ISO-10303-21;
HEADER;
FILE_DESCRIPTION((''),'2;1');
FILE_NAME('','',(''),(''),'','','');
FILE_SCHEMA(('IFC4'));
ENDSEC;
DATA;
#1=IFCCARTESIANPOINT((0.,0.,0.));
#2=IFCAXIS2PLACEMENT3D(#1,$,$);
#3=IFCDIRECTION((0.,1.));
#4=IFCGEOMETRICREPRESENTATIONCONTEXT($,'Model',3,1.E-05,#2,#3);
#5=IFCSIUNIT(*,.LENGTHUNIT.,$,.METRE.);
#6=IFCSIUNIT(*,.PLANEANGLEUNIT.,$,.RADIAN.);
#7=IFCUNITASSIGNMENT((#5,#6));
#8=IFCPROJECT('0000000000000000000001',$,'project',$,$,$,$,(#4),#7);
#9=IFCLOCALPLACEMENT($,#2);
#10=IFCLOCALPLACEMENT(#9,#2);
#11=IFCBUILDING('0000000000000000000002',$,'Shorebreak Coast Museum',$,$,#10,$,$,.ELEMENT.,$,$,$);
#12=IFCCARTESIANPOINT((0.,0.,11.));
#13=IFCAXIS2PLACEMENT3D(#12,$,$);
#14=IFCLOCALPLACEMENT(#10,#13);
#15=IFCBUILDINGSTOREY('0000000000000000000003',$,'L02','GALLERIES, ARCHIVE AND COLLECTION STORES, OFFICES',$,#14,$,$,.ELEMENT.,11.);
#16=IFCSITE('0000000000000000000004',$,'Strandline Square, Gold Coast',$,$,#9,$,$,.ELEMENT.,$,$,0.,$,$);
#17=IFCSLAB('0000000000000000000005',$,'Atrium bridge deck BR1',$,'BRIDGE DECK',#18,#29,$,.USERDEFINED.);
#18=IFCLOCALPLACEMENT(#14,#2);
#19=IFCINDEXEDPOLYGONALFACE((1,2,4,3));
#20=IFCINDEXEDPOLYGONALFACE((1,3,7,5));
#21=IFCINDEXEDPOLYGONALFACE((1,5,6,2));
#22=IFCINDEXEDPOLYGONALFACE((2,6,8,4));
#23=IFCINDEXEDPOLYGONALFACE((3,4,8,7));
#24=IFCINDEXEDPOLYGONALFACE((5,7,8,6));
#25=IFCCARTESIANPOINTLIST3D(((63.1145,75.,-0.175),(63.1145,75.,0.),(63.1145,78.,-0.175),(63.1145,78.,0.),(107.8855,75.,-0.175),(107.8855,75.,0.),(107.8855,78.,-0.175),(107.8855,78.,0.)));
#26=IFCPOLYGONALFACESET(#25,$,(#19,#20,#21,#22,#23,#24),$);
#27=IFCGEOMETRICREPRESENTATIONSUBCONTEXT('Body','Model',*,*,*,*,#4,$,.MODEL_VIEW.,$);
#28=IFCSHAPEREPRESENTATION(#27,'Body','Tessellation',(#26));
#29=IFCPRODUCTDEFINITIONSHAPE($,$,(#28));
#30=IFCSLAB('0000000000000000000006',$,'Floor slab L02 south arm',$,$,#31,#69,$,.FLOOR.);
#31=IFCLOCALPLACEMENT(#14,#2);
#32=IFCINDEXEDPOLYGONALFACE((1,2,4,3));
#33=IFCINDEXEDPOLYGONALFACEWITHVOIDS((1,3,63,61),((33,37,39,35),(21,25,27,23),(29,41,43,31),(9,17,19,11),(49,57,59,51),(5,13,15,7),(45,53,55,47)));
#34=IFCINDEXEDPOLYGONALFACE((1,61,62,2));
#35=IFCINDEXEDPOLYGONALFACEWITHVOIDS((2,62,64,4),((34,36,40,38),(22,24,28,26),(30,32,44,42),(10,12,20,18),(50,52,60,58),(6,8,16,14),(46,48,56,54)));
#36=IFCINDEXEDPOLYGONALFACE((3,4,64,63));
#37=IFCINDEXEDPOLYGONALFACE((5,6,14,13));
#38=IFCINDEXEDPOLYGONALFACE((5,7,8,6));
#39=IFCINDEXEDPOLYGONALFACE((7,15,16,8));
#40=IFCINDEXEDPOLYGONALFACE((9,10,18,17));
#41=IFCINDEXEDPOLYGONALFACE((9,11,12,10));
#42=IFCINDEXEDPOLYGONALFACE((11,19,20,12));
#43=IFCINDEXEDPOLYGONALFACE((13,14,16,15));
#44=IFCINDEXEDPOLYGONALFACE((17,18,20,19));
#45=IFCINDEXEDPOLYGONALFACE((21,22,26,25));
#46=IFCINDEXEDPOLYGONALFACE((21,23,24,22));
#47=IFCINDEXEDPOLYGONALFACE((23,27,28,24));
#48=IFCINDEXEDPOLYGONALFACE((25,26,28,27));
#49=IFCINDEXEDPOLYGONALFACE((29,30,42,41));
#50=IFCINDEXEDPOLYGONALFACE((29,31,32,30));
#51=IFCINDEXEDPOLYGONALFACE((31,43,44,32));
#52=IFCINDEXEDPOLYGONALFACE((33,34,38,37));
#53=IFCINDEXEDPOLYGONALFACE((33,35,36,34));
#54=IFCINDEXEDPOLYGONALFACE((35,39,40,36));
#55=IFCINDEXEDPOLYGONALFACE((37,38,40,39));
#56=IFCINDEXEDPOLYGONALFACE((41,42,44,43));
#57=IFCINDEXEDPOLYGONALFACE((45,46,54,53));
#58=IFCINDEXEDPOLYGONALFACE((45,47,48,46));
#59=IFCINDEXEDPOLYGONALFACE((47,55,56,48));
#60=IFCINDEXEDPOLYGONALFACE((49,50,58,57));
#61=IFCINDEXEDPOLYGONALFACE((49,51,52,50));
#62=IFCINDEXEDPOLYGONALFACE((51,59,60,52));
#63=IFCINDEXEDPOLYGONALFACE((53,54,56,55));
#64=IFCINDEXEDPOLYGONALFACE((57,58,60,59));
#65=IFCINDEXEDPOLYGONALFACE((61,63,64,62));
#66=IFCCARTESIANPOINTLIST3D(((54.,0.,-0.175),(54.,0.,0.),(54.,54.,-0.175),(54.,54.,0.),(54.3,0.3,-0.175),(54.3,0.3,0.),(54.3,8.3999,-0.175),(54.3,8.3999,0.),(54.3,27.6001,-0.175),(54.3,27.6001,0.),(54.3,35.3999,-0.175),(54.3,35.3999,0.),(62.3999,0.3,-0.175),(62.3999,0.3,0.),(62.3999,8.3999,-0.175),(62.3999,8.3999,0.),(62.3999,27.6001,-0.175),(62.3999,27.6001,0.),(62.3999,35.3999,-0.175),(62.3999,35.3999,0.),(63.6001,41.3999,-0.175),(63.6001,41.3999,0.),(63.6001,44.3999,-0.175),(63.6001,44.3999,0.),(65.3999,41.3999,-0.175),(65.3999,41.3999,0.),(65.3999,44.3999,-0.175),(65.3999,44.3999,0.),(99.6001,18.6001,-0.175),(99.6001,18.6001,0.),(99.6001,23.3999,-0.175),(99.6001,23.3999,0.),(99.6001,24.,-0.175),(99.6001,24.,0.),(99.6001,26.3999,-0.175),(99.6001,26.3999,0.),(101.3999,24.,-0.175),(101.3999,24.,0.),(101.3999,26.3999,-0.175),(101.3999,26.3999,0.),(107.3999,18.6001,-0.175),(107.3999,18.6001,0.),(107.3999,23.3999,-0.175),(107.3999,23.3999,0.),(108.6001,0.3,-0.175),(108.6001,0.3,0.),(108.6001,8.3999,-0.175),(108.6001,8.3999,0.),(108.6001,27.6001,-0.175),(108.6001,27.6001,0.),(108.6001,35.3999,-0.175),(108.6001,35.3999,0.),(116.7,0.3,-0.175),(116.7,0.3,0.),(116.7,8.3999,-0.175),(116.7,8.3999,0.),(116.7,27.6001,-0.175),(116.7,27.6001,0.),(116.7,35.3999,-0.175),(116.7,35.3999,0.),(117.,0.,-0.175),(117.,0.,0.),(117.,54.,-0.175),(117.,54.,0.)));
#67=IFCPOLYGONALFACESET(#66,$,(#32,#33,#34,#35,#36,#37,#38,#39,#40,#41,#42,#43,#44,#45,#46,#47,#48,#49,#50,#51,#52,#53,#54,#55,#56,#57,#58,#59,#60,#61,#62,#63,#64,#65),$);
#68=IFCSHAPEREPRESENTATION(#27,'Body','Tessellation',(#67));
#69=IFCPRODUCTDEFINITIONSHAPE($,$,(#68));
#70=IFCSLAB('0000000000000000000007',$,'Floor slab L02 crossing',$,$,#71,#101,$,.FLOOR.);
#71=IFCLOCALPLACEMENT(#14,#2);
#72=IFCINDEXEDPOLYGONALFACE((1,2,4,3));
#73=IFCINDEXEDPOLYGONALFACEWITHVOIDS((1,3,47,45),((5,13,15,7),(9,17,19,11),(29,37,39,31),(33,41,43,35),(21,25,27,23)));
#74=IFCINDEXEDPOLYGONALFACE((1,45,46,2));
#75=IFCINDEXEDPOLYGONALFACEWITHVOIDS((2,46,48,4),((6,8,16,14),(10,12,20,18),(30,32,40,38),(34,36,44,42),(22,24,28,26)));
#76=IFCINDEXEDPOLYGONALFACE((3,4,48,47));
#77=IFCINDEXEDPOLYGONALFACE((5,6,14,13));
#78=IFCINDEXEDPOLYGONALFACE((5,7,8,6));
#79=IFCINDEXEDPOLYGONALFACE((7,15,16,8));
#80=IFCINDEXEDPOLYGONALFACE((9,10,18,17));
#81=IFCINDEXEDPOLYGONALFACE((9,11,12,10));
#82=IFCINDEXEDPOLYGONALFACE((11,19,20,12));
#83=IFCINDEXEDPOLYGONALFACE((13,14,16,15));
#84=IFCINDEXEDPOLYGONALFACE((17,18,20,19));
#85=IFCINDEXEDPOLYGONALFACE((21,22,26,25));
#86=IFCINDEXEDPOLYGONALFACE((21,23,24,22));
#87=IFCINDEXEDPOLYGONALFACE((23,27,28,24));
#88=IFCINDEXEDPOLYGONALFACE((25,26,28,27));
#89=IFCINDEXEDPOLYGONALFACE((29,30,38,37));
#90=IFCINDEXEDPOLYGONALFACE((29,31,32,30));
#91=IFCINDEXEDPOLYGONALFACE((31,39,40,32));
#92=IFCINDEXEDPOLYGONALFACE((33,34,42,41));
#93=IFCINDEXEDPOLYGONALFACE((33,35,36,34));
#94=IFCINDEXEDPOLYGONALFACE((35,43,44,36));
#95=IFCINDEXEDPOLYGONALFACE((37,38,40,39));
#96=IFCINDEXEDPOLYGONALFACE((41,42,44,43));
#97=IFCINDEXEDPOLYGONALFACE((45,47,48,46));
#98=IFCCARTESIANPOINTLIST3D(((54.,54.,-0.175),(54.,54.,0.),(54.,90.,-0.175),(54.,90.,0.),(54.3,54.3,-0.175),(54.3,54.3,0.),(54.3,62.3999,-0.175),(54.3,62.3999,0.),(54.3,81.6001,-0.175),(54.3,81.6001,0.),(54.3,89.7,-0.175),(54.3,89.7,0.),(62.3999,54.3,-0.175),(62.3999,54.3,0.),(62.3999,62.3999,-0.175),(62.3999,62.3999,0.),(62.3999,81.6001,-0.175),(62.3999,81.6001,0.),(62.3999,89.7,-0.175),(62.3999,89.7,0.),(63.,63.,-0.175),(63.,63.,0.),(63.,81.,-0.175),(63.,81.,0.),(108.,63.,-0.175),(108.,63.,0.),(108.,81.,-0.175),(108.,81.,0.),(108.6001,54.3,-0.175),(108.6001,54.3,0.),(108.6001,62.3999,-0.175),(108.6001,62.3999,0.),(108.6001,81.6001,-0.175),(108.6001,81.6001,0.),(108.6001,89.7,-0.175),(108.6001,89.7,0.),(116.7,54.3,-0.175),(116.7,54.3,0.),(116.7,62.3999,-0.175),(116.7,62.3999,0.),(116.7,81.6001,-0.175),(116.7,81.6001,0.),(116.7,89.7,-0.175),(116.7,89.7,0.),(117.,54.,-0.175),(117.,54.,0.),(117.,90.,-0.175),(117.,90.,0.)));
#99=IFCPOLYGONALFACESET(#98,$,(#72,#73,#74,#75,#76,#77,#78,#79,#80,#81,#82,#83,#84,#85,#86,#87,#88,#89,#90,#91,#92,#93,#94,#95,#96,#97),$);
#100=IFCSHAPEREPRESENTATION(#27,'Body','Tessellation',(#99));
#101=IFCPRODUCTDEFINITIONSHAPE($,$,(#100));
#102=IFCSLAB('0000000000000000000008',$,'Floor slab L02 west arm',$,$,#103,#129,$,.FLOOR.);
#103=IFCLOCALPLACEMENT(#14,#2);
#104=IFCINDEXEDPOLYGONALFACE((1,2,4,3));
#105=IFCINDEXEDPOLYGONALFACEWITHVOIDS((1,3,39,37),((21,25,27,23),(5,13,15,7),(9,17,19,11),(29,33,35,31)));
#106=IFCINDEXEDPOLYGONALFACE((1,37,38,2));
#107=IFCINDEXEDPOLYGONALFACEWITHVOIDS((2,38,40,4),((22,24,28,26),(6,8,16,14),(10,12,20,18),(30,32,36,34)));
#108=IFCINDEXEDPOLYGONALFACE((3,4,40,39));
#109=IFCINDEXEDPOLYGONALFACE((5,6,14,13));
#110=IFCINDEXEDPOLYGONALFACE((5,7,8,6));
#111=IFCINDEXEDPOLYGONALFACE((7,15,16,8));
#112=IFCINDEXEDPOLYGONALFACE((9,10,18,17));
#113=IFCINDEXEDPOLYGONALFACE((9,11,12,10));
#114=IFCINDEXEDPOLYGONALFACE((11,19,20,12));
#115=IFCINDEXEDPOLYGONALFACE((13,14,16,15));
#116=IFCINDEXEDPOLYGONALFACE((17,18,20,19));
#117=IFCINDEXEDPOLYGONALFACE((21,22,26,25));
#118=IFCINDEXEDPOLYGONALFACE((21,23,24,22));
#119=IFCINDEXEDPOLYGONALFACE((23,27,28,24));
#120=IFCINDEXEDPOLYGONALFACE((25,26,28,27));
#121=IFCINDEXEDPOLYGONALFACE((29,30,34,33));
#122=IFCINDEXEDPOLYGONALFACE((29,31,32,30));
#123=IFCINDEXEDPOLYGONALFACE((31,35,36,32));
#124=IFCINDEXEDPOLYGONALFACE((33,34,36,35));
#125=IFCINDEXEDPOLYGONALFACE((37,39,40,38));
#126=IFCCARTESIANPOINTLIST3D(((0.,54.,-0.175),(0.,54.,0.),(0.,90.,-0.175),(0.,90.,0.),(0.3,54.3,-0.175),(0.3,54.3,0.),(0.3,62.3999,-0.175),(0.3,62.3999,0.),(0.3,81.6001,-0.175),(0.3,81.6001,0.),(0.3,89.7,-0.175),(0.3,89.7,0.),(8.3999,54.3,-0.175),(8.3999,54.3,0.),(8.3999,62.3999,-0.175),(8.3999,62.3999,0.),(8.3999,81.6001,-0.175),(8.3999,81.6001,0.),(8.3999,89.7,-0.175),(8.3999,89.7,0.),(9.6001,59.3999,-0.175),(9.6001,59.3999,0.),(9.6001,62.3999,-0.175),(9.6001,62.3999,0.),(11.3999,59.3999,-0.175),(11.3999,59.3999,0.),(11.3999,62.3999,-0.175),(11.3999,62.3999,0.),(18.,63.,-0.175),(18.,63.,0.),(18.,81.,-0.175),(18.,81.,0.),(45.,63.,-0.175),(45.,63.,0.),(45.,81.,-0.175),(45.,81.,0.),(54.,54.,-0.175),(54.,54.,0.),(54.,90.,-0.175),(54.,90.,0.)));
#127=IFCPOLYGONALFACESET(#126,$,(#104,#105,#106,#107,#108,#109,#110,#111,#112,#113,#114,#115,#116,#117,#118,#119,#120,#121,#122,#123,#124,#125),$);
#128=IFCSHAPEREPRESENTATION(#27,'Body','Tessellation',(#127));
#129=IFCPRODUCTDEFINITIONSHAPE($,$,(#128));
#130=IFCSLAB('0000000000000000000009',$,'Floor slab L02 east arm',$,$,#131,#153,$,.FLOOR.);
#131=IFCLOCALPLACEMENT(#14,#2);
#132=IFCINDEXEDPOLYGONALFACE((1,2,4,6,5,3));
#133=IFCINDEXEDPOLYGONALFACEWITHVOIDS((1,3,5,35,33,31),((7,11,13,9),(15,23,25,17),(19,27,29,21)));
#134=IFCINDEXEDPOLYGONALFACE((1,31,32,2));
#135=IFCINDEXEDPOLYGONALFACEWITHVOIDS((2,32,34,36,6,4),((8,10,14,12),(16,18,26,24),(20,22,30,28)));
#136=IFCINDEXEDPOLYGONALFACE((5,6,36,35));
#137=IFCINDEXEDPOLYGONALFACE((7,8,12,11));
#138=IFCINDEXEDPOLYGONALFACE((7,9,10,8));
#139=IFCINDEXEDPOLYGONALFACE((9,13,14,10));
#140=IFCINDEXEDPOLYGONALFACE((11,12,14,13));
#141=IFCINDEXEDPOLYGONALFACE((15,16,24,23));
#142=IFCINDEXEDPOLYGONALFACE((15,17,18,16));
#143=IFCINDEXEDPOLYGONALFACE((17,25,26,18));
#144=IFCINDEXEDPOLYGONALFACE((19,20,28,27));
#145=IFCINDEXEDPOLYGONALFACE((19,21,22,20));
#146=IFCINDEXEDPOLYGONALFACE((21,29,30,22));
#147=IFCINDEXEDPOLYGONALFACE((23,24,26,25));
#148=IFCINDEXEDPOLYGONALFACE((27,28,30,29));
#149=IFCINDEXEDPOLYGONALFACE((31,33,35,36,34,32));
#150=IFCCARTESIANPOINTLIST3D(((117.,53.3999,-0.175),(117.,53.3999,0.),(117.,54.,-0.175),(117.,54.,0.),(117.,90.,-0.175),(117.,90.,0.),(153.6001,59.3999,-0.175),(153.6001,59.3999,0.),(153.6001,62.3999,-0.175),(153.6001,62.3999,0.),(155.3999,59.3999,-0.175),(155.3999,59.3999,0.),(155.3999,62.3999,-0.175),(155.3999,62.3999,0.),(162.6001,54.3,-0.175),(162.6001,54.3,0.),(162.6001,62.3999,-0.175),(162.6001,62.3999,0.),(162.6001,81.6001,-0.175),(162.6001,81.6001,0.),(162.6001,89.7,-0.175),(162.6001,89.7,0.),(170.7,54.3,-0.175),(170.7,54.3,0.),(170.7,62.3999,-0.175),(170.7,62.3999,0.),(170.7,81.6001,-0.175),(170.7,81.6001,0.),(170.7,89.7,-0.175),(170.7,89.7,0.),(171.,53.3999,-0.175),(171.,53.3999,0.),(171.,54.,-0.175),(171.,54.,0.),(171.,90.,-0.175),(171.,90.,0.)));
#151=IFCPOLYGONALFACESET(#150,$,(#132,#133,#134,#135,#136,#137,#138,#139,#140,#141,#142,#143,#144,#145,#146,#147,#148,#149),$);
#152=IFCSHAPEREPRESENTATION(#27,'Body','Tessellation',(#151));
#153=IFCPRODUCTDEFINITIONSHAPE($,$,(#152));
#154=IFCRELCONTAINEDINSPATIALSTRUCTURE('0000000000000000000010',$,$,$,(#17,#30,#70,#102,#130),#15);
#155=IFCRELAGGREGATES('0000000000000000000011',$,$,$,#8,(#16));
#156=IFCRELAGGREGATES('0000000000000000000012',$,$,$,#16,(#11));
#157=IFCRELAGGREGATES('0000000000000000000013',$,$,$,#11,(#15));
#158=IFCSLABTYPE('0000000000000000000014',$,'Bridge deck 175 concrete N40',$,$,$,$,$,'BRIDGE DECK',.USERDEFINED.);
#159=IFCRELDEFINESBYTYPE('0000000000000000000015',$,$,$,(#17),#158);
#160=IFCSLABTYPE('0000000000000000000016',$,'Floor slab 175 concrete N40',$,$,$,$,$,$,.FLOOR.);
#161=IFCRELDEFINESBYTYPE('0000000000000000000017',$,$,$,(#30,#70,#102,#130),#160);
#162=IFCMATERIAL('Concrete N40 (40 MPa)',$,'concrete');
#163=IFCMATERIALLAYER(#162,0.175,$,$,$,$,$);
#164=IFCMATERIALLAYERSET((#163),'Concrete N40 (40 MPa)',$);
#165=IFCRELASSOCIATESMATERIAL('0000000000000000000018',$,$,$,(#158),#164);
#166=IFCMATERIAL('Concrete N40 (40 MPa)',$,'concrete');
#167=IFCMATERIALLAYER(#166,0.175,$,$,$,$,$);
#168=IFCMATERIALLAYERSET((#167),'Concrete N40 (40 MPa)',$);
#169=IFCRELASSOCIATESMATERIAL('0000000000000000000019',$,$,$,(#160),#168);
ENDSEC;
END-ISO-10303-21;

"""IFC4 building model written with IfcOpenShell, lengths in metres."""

from ifc_helpers import new_model, si_unit, direction, frame, origin, place, context, subcontext, project, spatial, polyline, outline, extrude, material, layer, layer_set, type_object, element, save


model = new_model("IFC4")

# Units and contexts
model_context = context("Model", 3, precision=1e-05, world=origin(), true_north=direction((0.0, 1.0)))
body_context = subcontext(model_context, "Body", "Model", "MODEL_VIEW")
ifc_project = project(units=[si_unit("LENGTHUNIT", "METRE"), si_unit("PLANEANGLEUNIT", "RADIAN")], contexts=[model_context])

# Site, building, storey
site_placement = place(None, origin())
site = spatial("IfcSite", under=ifc_project, at=site_placement, Name="Strandline Square, Gold Coast", CompositionType="ELEMENT", RefElevation=0.0)
building_placement = place(site_placement, origin())
building = spatial("IfcBuilding", under=site, at=building_placement, Name="Shorebreak Coast Museum", CompositionType="ELEMENT")
storey_placement = place(building_placement, frame((0.0, 0.0, 11.0)))
storey = spatial("IfcBuildingStorey", under=building, at=storey_placement, Name="L02", Description="GALLERIES, ARCHIVE AND COLLECTION STORES, OFFICES", CompositionType="ELEMENT", Elevation=11.0)

# Slabs
ifc_material_1 = material(Name="Concrete N40 (40 MPa)", Category="concrete")
ifc_layer_1 = layer(ifc_material_1, 0.175)
ifc_layer_set_1 = layer_set([ifc_layer_1], Name="Concrete N40 (40 MPa)")
slab_type_1 = type_object("IfcSlabType", Name="Bridge deck 175 concrete N40", ElementType="BRIDGE DECK", PredefinedType="USERDEFINED", material=ifc_layer_set_1)
slab_1_placement = place(storey_placement, frame((0.0, 0.0, -0.175)))
element("IfcSlab", 1, at=slab_1_placement, inside=storey, type_object=slab_type_1, Name="Atrium bridge deck BR1", ObjectType="BRIDGE DECK", PredefinedType="USERDEFINED", context=body_context, shape_type="SweptSolid", body=[
    extrude(outline(polyline([(63.1145, 75.0), (107.8855, 75.0), (107.8855, 78.0), (63.1145, 78.0), (63.1145, 75.0)])), origin(), (0.0, 0.0, 1.0), 0.175),
])
ifc_material_2 = material(Name="Concrete N40 (40 MPa)", Category="concrete")
ifc_layer_2 = layer(ifc_material_2, 0.175)
ifc_layer_set_2 = layer_set([ifc_layer_2], Name="Concrete N40 (40 MPa)")
slab_type_2 = type_object("IfcSlabType", Name="Floor slab 175 concrete N40", PredefinedType="FLOOR", material=ifc_layer_set_2)
slab_2_placement = place(storey_placement, frame((0.0, 0.0, -0.175)))
element("IfcSlab", 2, at=slab_2_placement, inside=storey, type_object=slab_type_2, Name="Floor slab L02 south arm", PredefinedType="FLOOR", context=body_context, shape_type="SweptSolid", body=[
    extrude(outline(polyline([(117.0, 54.0), (54.0, 54.0), (54.0, 0.0), (117.0, 0.0), (117.0, 54.0)]), holes=[polyline([(99.6001, 18.6001), (99.6001, 23.3999), (107.3999, 23.3999), (107.3999, 18.6001), (99.6001, 18.6001)]), polyline([(99.6001, 26.3999), (101.3999, 26.3999), (101.3999, 24.0), (99.6001, 24.0), (99.6001, 26.3999)]), polyline([(65.3999, 44.3999), (65.3999, 41.3999), (63.6001, 41.3999), (63.6001, 44.3999), (65.3999, 44.3999)]), polyline([(62.3999, 0.3), (54.3, 0.3), (54.3, 8.3999), (62.3999, 8.3999), (62.3999, 0.3)]), polyline([(108.6001, 0.3), (108.6001, 8.3999), (116.7, 8.3999), (116.7, 0.3), (108.6001, 0.3)]), polyline([(54.3, 35.3999), (62.3999, 35.3999), (62.3999, 27.6001), (54.3, 27.6001), (54.3, 35.3999)]), polyline([(116.7, 35.3999), (116.7, 27.6001), (108.6001, 27.6001), (108.6001, 35.3999), (116.7, 35.3999)])]), origin(), (0.0, 0.0, 1.0), 0.175),
])
slab_3_placement = place(storey_placement, frame((0.0, 0.0, -0.175)))
element("IfcSlab", 3, at=slab_3_placement, inside=storey, type_object=slab_type_2, Name="Floor slab L02 crossing", PredefinedType="FLOOR", context=body_context, shape_type="SweptSolid", body=[
    extrude(outline(polyline([(54.0, 54.0), (117.0, 54.0), (117.0, 90.0), (54.0, 90.0), (54.0, 54.0)]), holes=[polyline([(108.0, 81.0), (108.0, 63.0), (63.0, 63.0), (63.0, 81.0), (108.0, 81.0)]), polyline([(62.3999, 54.3), (54.3, 54.3), (54.3, 62.3999), (62.3999, 62.3999), (62.3999, 54.3)]), polyline([(108.6001, 54.3), (108.6001, 62.3999), (116.7, 62.3999), (116.7, 54.3), (108.6001, 54.3)]), polyline([(54.3, 89.7), (62.3999, 89.7), (62.3999, 81.6001), (54.3, 81.6001), (54.3, 89.7)]), polyline([(116.7, 89.7), (116.7, 81.6001), (108.6001, 81.6001), (108.6001, 89.7), (116.7, 89.7)])]), origin(), (0.0, 0.0, 1.0), 0.175),
])
slab_4_placement = place(storey_placement, frame((0.0, 0.0, -0.175)))
element("IfcSlab", 4, at=slab_4_placement, inside=storey, type_object=slab_type_2, Name="Floor slab L02 west arm", PredefinedType="FLOOR", context=body_context, shape_type="SweptSolid", body=[
    extrude(outline(polyline([(54.0, 54.0), (54.0, 90.0), (0.0, 90.0), (0.0, 54.0), (54.0, 54.0)]), holes=[polyline([(45.0, 63.0), (18.0, 63.0), (18.0, 81.0), (45.0, 81.0), (45.0, 63.0)]), polyline([(9.6001, 59.3999), (9.6001, 62.3999), (11.3999, 62.3999), (11.3999, 59.3999), (9.6001, 59.3999)]), polyline([(0.3, 62.3999), (8.3999, 62.3999), (8.3999, 54.3), (0.3, 54.3), (0.3, 62.3999)]), polyline([(8.3999, 89.7), (8.3999, 81.6001), (0.3, 81.6001), (0.3, 89.7), (8.3999, 89.7)])]), origin(), (0.0, 0.0, 1.0), 0.175),
])
slab_5_placement = place(storey_placement, frame((0.0, 0.0, -0.175)))
element("IfcSlab", 5, at=slab_5_placement, inside=storey, type_object=slab_type_2, Name="Floor slab L02 east arm", PredefinedType="FLOOR", context=body_context, shape_type="SweptSolid", body=[
    extrude(outline(polyline([(171.0, 53.3999), (171.0, 54.0), (171.0, 90.0), (117.0, 90.0), (117.0, 54.0), (117.0, 53.3999), (171.0, 53.3999)]), holes=[polyline([(153.6001, 59.3999), (153.6001, 62.3999), (155.3999, 62.3999), (155.3999, 59.3999), (153.6001, 59.3999)]), polyline([(162.6001, 62.3999), (170.7, 62.3999), (170.7, 54.3), (162.6001, 54.3), (162.6001, 62.3999)]), polyline([(170.7, 89.7), (170.7, 81.6001), (162.6001, 81.6001), (162.6001, 89.7), (170.7, 89.7)])]), origin(), (0.0, 0.0, 1.0), 0.175),
])

save(model, "model.ifc")
